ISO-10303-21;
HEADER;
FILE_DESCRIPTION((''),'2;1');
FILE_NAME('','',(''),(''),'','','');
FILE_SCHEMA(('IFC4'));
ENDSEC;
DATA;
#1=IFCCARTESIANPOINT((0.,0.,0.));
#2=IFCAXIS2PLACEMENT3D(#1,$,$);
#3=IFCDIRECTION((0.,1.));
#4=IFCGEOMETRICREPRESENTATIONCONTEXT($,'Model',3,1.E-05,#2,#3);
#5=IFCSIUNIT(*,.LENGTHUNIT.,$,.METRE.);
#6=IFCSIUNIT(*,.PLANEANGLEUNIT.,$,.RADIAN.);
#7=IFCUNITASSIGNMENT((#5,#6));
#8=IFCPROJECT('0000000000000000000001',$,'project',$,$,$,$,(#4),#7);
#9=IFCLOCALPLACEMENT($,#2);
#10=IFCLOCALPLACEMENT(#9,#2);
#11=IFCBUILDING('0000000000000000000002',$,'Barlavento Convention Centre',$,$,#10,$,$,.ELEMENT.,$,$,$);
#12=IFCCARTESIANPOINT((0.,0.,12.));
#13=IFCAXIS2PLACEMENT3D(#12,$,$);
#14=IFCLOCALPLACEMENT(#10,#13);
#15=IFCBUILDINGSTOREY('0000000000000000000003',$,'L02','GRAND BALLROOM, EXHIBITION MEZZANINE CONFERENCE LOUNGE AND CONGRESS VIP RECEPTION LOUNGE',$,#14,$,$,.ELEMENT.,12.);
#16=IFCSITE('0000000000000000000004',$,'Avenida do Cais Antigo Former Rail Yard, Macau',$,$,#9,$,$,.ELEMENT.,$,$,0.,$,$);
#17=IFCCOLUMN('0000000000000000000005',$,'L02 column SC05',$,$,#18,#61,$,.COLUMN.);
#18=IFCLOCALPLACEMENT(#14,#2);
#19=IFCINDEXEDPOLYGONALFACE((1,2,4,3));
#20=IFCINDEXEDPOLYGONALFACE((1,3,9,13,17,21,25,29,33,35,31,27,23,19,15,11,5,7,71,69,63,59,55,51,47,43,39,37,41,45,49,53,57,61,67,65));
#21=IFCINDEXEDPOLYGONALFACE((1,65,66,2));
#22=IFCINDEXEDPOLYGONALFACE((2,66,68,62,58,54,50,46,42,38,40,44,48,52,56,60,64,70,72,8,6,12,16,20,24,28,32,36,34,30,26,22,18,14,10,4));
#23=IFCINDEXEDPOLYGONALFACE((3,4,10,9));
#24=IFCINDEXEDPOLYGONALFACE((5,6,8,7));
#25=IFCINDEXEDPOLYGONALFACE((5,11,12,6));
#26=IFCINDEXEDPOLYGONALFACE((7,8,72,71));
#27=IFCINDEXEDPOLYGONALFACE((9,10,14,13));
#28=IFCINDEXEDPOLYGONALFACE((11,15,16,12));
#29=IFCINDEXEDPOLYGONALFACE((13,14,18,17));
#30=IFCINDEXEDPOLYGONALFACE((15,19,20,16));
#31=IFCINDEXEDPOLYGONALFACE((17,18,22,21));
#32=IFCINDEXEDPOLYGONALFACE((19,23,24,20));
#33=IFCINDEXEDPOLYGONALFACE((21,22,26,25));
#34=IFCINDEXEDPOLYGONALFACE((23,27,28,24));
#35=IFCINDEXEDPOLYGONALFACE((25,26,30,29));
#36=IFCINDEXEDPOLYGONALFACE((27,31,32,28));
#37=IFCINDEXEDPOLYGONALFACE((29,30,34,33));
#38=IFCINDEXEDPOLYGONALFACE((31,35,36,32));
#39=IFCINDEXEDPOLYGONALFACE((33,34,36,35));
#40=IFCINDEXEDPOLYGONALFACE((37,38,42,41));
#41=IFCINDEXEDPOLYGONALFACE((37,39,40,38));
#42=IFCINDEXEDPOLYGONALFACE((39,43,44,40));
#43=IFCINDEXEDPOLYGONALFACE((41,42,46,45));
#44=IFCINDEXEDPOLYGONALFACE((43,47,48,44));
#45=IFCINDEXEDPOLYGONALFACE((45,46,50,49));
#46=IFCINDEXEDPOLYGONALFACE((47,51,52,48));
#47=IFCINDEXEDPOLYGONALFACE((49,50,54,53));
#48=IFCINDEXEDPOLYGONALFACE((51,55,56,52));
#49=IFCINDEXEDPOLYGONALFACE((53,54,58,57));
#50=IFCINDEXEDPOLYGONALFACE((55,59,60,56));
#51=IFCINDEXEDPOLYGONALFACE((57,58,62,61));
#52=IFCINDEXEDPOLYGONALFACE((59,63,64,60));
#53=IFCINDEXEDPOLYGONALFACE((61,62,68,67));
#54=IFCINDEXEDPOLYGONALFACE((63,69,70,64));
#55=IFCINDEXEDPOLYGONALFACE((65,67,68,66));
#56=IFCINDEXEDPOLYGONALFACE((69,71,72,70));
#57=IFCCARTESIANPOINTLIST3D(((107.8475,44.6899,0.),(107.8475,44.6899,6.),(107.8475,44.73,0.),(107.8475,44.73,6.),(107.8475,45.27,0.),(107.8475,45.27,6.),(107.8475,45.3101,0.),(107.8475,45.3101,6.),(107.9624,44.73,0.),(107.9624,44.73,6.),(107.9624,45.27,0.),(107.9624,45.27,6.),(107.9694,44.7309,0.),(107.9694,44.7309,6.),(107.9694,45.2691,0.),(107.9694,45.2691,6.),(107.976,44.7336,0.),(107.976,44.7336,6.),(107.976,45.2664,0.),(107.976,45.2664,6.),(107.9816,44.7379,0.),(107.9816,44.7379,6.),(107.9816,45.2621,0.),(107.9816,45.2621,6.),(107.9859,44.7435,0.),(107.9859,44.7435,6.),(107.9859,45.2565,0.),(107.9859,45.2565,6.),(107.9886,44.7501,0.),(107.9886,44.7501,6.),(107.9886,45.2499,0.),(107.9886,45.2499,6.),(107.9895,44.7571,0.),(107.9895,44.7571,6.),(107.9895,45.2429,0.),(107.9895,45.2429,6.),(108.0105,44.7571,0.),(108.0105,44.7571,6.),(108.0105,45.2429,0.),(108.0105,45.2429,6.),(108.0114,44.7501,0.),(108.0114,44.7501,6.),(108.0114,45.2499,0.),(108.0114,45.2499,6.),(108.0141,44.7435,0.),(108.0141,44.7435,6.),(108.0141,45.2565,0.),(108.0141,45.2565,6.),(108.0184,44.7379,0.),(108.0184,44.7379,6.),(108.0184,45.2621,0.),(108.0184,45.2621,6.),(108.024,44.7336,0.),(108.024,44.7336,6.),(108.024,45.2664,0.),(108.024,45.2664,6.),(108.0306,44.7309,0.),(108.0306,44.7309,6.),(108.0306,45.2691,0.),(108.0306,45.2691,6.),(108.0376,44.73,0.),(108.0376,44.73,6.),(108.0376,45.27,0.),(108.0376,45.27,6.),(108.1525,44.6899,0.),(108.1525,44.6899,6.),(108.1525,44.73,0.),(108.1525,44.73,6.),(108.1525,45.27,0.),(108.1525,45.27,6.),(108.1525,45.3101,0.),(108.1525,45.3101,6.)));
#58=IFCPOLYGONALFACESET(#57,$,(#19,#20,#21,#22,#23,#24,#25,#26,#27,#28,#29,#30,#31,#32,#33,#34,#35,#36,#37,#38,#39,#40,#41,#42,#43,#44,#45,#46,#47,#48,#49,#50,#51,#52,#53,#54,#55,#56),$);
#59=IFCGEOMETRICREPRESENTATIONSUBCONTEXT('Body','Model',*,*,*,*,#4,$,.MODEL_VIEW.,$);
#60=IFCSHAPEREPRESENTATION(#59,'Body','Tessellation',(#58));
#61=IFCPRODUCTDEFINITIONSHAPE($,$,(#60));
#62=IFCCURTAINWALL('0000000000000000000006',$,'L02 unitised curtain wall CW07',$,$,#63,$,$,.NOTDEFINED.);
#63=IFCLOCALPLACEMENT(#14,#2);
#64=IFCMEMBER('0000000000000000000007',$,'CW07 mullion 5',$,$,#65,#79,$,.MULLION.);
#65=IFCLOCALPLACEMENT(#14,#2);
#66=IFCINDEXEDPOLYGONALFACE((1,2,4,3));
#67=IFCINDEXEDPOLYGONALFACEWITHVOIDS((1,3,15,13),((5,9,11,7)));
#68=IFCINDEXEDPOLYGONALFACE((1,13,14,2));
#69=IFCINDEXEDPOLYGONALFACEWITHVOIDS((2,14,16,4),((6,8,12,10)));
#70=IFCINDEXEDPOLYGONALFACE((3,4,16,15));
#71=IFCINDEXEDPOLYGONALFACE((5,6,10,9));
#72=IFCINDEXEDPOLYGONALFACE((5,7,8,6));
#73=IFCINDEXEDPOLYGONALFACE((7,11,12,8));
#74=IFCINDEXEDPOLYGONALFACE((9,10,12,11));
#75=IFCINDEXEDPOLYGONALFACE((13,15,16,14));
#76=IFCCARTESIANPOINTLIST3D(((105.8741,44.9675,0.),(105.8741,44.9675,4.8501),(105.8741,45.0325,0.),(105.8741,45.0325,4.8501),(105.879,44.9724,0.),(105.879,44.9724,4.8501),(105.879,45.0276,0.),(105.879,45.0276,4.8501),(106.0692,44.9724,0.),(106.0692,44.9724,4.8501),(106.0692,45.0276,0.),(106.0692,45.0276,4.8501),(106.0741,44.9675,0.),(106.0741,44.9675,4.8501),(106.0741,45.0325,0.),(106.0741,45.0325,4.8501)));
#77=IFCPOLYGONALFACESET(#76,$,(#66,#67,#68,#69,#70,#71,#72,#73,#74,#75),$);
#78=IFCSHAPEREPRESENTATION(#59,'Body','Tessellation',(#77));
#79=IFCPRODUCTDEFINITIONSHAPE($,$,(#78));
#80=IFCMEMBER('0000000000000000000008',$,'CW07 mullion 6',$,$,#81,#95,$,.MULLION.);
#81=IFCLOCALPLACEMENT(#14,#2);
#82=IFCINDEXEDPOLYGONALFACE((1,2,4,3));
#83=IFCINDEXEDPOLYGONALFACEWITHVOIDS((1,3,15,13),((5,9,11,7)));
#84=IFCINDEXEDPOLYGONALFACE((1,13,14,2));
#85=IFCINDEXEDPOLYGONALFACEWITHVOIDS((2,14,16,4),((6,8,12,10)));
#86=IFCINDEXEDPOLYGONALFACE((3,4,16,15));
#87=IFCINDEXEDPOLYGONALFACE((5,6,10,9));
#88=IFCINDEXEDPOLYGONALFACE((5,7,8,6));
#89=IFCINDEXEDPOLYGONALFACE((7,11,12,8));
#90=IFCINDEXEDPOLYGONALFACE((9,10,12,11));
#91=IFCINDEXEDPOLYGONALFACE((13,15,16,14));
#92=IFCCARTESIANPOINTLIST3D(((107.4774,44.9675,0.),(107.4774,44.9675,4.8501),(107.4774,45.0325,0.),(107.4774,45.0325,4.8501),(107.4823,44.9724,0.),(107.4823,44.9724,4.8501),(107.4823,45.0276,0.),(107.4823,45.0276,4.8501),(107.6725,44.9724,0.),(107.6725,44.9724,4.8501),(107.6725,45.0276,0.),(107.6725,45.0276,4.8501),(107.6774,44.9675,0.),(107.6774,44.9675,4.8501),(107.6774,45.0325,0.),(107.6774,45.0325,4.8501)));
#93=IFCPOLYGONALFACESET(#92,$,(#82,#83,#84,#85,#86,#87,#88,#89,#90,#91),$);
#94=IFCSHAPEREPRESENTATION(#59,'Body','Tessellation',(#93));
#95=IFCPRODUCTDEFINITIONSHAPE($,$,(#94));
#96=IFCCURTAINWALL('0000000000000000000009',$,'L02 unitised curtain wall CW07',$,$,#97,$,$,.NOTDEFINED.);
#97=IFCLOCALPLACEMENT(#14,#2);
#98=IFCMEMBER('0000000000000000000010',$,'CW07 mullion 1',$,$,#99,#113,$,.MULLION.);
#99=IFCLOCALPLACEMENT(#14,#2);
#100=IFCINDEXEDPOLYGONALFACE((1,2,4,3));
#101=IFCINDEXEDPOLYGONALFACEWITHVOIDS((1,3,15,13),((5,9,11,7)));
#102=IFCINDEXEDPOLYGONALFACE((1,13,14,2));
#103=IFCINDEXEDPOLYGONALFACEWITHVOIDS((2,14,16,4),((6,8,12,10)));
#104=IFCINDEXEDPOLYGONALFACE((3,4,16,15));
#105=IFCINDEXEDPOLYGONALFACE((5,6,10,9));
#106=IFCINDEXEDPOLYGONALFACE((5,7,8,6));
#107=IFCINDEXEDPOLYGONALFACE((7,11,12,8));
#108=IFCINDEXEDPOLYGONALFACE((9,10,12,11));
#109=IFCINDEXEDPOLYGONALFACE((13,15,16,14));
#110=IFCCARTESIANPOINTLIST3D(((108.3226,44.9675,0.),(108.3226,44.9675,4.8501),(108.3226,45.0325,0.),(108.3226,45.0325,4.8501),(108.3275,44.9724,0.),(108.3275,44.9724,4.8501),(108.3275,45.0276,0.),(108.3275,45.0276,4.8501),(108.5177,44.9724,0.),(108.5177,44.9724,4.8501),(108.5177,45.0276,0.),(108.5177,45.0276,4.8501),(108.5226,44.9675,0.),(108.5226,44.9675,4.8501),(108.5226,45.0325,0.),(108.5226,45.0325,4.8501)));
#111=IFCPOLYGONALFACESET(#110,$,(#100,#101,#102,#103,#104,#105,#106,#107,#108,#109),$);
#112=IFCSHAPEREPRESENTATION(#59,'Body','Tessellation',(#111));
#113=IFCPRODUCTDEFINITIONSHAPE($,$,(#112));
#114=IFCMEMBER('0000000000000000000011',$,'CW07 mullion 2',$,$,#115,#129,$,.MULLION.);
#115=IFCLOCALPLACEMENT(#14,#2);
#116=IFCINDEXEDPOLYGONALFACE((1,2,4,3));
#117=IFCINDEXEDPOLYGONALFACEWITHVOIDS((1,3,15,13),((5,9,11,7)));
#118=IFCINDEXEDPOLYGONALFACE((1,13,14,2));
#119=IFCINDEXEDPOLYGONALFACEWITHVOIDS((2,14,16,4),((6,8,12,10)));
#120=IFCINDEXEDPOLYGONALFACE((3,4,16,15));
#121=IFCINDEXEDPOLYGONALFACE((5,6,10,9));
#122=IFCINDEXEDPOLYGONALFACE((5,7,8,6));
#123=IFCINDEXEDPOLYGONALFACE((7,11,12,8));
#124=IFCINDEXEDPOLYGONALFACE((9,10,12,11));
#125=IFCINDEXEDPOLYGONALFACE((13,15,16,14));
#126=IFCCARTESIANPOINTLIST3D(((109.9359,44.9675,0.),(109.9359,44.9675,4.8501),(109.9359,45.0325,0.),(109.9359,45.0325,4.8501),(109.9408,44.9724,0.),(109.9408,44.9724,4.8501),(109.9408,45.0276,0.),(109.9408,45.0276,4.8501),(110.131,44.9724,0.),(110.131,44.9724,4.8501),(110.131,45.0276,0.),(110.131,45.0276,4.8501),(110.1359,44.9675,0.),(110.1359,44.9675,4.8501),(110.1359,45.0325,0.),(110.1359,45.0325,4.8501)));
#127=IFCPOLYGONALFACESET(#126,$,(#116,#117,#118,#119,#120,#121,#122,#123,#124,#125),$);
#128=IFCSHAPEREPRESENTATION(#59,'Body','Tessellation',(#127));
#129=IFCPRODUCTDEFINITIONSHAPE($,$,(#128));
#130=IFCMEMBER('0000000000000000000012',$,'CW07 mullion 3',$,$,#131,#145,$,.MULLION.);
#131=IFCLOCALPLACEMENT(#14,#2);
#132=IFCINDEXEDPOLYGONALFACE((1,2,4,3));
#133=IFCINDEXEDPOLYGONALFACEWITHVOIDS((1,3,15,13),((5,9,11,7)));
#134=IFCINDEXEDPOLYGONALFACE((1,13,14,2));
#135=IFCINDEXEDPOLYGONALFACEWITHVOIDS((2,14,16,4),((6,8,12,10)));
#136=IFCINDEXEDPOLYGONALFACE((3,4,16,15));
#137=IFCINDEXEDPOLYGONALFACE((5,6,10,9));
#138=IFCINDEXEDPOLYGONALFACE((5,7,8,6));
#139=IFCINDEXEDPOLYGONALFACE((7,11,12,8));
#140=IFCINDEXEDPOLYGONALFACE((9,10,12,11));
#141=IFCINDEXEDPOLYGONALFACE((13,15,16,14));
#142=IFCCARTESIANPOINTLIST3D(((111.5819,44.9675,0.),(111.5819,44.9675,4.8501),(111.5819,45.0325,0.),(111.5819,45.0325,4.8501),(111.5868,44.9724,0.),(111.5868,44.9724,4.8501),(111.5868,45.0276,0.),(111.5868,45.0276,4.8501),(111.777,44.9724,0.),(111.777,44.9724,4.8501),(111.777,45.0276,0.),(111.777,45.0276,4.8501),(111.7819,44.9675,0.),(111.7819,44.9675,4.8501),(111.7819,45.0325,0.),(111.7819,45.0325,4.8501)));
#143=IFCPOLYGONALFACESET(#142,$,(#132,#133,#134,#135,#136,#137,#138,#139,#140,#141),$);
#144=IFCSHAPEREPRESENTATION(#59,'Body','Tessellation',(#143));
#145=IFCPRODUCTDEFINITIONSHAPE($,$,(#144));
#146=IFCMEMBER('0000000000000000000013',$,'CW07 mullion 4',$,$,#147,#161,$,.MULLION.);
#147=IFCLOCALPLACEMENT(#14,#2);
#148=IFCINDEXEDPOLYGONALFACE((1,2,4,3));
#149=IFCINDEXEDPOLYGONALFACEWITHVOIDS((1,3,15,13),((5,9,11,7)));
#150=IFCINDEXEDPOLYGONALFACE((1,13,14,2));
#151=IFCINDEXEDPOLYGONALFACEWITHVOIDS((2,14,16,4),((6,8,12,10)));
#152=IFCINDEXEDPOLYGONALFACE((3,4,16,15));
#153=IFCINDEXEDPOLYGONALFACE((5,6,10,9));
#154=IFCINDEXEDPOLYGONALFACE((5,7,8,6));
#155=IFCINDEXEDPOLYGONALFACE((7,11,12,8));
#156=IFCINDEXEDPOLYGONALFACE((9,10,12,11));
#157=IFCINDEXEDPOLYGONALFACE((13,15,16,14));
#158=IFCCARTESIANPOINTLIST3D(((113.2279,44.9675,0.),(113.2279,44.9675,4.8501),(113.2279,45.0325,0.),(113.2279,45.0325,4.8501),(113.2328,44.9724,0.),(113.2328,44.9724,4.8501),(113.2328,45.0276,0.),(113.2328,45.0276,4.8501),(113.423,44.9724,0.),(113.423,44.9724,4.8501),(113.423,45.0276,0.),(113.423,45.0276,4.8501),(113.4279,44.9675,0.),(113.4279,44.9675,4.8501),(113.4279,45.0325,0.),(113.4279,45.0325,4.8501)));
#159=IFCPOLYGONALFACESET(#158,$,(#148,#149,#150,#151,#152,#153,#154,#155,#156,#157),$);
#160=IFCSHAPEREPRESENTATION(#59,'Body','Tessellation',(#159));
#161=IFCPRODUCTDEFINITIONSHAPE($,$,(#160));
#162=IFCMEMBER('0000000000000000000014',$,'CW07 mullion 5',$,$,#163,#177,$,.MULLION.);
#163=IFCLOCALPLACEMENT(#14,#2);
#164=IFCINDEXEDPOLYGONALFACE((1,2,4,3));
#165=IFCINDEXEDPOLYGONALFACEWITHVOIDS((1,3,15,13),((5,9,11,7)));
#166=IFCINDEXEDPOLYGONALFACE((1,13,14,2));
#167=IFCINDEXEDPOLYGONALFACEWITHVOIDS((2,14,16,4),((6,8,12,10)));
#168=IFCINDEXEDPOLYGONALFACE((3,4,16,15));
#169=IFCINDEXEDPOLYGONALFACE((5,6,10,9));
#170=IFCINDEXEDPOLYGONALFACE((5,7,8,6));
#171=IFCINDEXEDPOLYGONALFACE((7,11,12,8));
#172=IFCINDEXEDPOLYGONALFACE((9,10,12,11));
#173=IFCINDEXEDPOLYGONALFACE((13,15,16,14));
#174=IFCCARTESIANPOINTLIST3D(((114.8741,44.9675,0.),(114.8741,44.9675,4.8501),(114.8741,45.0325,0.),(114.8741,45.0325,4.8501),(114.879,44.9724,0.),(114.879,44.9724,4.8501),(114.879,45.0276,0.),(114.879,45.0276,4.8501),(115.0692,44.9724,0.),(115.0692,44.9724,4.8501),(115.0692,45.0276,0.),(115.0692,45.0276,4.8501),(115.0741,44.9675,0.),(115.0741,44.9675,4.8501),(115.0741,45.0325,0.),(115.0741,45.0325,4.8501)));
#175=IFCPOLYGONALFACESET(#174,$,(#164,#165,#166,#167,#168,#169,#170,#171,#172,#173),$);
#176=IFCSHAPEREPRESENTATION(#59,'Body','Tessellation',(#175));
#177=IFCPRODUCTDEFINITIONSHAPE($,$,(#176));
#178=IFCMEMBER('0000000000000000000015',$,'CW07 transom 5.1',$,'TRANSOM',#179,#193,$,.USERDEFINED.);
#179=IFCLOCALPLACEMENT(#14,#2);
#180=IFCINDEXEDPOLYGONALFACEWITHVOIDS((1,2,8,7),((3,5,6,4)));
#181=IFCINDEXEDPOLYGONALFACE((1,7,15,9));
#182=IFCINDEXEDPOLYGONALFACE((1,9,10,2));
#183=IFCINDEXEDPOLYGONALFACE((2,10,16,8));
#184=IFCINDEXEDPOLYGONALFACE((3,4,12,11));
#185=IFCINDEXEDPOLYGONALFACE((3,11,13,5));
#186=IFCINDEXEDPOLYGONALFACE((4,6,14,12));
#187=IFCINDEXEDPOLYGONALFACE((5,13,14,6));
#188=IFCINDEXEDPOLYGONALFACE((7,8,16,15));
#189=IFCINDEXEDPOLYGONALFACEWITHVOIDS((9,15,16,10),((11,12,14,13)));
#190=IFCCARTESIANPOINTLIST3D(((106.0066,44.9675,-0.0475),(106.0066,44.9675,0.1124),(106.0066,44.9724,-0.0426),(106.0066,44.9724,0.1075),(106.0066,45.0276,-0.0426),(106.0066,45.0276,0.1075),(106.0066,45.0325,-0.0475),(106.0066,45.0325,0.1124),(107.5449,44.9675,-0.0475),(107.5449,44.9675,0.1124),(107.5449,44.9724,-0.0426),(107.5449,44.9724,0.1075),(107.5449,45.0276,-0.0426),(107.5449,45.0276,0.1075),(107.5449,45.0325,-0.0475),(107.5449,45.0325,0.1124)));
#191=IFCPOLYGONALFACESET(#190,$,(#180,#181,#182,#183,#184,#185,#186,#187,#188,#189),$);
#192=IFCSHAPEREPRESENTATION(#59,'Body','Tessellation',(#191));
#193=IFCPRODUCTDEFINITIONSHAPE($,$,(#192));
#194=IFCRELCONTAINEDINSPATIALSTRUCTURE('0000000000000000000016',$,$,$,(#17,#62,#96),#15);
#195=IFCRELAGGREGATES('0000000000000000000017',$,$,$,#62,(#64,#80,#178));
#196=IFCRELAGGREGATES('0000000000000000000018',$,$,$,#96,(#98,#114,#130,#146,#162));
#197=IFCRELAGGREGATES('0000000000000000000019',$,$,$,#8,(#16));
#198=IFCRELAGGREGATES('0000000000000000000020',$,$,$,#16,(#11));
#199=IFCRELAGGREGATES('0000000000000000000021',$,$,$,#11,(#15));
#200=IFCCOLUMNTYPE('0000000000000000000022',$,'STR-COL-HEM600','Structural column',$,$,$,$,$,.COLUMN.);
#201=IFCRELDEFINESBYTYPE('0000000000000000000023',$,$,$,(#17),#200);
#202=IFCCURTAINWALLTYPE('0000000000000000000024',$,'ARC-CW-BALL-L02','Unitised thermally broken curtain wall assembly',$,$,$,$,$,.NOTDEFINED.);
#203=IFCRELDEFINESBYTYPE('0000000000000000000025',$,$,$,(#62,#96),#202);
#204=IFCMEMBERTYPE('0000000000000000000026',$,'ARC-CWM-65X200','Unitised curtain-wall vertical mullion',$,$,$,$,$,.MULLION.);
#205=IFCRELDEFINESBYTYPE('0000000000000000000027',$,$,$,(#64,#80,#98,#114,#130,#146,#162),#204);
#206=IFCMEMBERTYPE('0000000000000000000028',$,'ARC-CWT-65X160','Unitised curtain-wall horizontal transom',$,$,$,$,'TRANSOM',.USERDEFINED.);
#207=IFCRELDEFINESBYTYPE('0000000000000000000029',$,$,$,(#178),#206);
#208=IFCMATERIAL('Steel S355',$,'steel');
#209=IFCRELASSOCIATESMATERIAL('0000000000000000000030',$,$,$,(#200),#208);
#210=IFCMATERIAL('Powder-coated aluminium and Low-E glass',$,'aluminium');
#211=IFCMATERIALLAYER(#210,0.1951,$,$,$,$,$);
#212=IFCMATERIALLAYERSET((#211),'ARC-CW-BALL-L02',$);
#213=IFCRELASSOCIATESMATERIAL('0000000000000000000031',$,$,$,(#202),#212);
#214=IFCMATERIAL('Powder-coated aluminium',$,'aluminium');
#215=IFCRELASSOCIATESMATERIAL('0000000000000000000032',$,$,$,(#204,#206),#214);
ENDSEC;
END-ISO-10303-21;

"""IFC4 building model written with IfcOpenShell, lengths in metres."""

from ifc_helpers import new_model, si_unit, direction, frame, origin, origin_2d, place, context, subcontext, project, spatial, hollow_rectangle, i_section, extrude, material, layer, layer_set, material_profile, profile_set, type_object, element, aggregate, save


model = new_model("IFC4")

# Units and contexts
model_context = context("Model", 3, precision=1e-05, world=origin(), true_north=direction((0.0, 1.0)))
body_context = subcontext(model_context, "Body", "Model", "MODEL_VIEW")
ifc_project = project(units=[si_unit("LENGTHUNIT", "METRE"), si_unit("PLANEANGLEUNIT", "RADIAN")], contexts=[model_context])

# Site, building, storey
site_placement = place(None, origin())
site = spatial("IfcSite", under=ifc_project, at=site_placement, Name="Avenida do Cais Antigo Former Rail Yard, Macau", CompositionType="ELEMENT", RefElevation=0.0)
building_placement = place(site_placement, origin())
building = spatial("IfcBuilding", under=site, at=building_placement, Name="Barlavento Convention Centre", CompositionType="ELEMENT")
storey_placement = place(building_placement, frame((0.0, 0.0, 12.0)))
storey = spatial("IfcBuildingStorey", under=building, at=storey_placement, Name="L02", Description="GRAND BALLROOM, EXHIBITION MEZZANINE CONFERENCE LOUNGE AND CONGRESS VIP RECEPTION LOUNGE", CompositionType="ELEMENT", Elevation=12.0)

# Column
ifc_material_1 = material(Name="Steel S355", Category="steel")
ifc_material_profile_1 = material_profile(ifc_material_1, i_section(OverallWidth=0.3049, OverallDepth=0.6201, WebThickness=0.021, FlangeThickness=0.04, FilletRadius=0.0271, at=origin_2d()), Name="HEM 600")
ifc_profile_set_1 = profile_set([ifc_material_profile_1], Name="Steel S355")
column_type = type_object("IfcColumnType", Name="STR-COL-HEM600", Description="Structural column", PredefinedType="COLUMN", material=ifc_profile_set_1)
column_placement = place(storey_placement, frame((108.0, 45.0, 0.0), z_axis=(0.0, 0.0, 1.0), x_axis=(1.0, 0.0, 0.0)))
element("IfcColumn", 1, at=column_placement, inside=storey, type_object=column_type, Name="L02 column SC05", PredefinedType="COLUMN", context=body_context, shape_type="SweptSolid", body=[
    extrude(i_section(OverallWidth=0.3049, OverallDepth=0.6201, WebThickness=0.021, FlangeThickness=0.04, FilletRadius=0.0271, at=origin_2d()), origin(), (0.0, 0.0, 1.0), 6.0),
])

# Curtain walls, members
ifc_material_2 = material(Name="Powder-coated aluminium and Low-E glass", Category="aluminium")
ifc_layer_1 = layer(ifc_material_2, 0.1951)
ifc_layer_set_1 = layer_set([ifc_layer_1], Name="ARC-CW-BALL-L02")
curtain_wall_type = type_object("IfcCurtainWallType", Name="ARC-CW-BALL-L02", Description="Unitised thermally broken curtain wall assembly", PredefinedType="NOTDEFINED", material=ifc_layer_set_1)
curtain_wall_1_placement = place(storey_placement, origin())
curtain_wall_1 = element("IfcCurtainWall", 2, at=curtain_wall_1_placement, inside=storey, type_object=curtain_wall_type, Name="L02 unitised curtain wall CW07", PredefinedType="NOTDEFINED")
ifc_material_3 = material(Name="Powder-coated aluminium", Category="aluminium")
ifc_material_profile_2 = material_profile(ifc_material_3, hollow_rectangle(XDim=0.0649, YDim=0.2, WallThickness=0.0049, at=origin_2d()), Name="AL-MULL 65x200x5")
ifc_profile_set_2 = profile_set([ifc_material_profile_2], Name="Powder-coated aluminium")
member_type_1 = type_object("IfcMemberType", Name="ARC-CWM-65X200", Description="Unitised curtain-wall vertical mullion", PredefinedType="MULLION", material=ifc_profile_set_2)
member_1_placement = place(storey_placement, frame((105.9741, 45.0, 0.0), z_axis=(0.0, 0.0, 1.0), x_axis=(0.0, 1.0, 0.0)))
member_1 = element("IfcMember", 3, at=member_1_placement, type_object=member_type_1, Name="CW07 mullion 5", PredefinedType="MULLION", context=body_context, shape_type="SweptSolid", body=[
    extrude(hollow_rectangle(XDim=0.0649, YDim=0.2, WallThickness=0.0049, at=origin_2d()), origin(), (0.0, 0.0, 1.0), 4.8501),
])
member_2_placement = place(storey_placement, frame((107.5774, 45.0, 0.0), z_axis=(0.0, 0.0, 1.0), x_axis=(0.0, 1.0, 0.0)))
member_2 = element("IfcMember", 4, at=member_2_placement, type_object=member_type_1, Name="CW07 mullion 6", PredefinedType="MULLION", context=body_context, shape_type="SweptSolid", body=[
    extrude(hollow_rectangle(XDim=0.0649, YDim=0.2, WallThickness=0.0049, at=origin_2d()), origin(), (0.0, 0.0, 1.0), 4.8501),
])
curtain_wall_2_placement = place(storey_placement, origin())
curtain_wall_2 = element("IfcCurtainWall", 5, at=curtain_wall_2_placement, inside=storey, type_object=curtain_wall_type, Name="L02 unitised curtain wall CW07", PredefinedType="NOTDEFINED")
member_3_placement = place(storey_placement, frame((108.4226, 45.0, 0.0), z_axis=(0.0, 0.0, 1.0), x_axis=(0.0, 1.0, 0.0)))
member_3 = element("IfcMember", 6, at=member_3_placement, type_object=member_type_1, Name="CW07 mullion 1", PredefinedType="MULLION", context=body_context, shape_type="SweptSolid", body=[
    extrude(hollow_rectangle(XDim=0.0649, YDim=0.2, WallThickness=0.0049, at=origin_2d()), origin(), (0.0, 0.0, 1.0), 4.8501),
])
member_4_placement = place(storey_placement, frame((110.0359, 45.0, 0.0), z_axis=(0.0, 0.0, 1.0), x_axis=(0.0, 1.0, 0.0)))
member_4 = element("IfcMember", 7, at=member_4_placement, type_object=member_type_1, Name="CW07 mullion 2", PredefinedType="MULLION", context=body_context, shape_type="SweptSolid", body=[
    extrude(hollow_rectangle(XDim=0.0649, YDim=0.2, WallThickness=0.0049, at=origin_2d()), origin(), (0.0, 0.0, 1.0), 4.8501),
])
member_5_placement = place(storey_placement, frame((111.6819, 45.0, 0.0), z_axis=(0.0, 0.0, 1.0), x_axis=(0.0, 1.0, 0.0)))
member_5 = element("IfcMember", 8, at=member_5_placement, type_object=member_type_1, Name="CW07 mullion 3", PredefinedType="MULLION", context=body_context, shape_type="SweptSolid", body=[
    extrude(hollow_rectangle(XDim=0.0649, YDim=0.2, WallThickness=0.0049, at=origin_2d()), origin(), (0.0, 0.0, 1.0), 4.8501),
])
member_6_placement = place(storey_placement, frame((113.3279, 45.0, 0.0), z_axis=(0.0, 0.0, 1.0), x_axis=(0.0, 1.0, 0.0)))
member_6 = element("IfcMember", 9, at=member_6_placement, type_object=member_type_1, Name="CW07 mullion 4", PredefinedType="MULLION", context=body_context, shape_type="SweptSolid", body=[
    extrude(hollow_rectangle(XDim=0.0649, YDim=0.2, WallThickness=0.0049, at=origin_2d()), origin(), (0.0, 0.0, 1.0), 4.8501),
])
member_7_placement = place(storey_placement, frame((114.9741, 45.0, 0.0), z_axis=(0.0, 0.0, 1.0), x_axis=(0.0, 1.0, 0.0)))
member_7 = element("IfcMember", 10, at=member_7_placement, type_object=member_type_1, Name="CW07 mullion 5", PredefinedType="MULLION", context=body_context, shape_type="SweptSolid", body=[
    extrude(hollow_rectangle(XDim=0.0649, YDim=0.2, WallThickness=0.0049, at=origin_2d()), origin(), (0.0, 0.0, 1.0), 4.8501),
])

# Member
ifc_material_profile_3 = material_profile(ifc_material_3, hollow_rectangle(XDim=0.0649, YDim=0.1599, WallThickness=0.0049, at=origin_2d()), Name="AL-TRAN 65x160x5")
ifc_profile_set_3 = profile_set([ifc_material_profile_3], Name="Powder-coated aluminium")
member_type_2 = type_object("IfcMemberType", Name="ARC-CWT-65X160", Description="Unitised curtain-wall horizontal transom", ElementType="TRANSOM", PredefinedType="USERDEFINED", material=ifc_profile_set_3)
member_8_placement = place(storey_placement, frame((106.0066, 45.0, 0.0325), z_axis=(1.0, 0.0, 0.0), x_axis=(0.0, 1.0, 0.0)))
member_8 = element("IfcMember", 11, at=member_8_placement, type_object=member_type_2, Name="CW07 transom 5.1", ObjectType="TRANSOM", PredefinedType="USERDEFINED", context=body_context, shape_type="SweptSolid", body=[
    extrude(hollow_rectangle(XDim=0.0649, YDim=0.1599, WallThickness=0.0049, at=origin_2d()), origin(), (0.0, 0.0, 1.0), 1.5383),
])

aggregate(curtain_wall_1, [member_1, member_2, member_8])
aggregate(curtain_wall_2, [member_3, member_4, member_5, member_6, member_7])

save(model, "model.ifc")
